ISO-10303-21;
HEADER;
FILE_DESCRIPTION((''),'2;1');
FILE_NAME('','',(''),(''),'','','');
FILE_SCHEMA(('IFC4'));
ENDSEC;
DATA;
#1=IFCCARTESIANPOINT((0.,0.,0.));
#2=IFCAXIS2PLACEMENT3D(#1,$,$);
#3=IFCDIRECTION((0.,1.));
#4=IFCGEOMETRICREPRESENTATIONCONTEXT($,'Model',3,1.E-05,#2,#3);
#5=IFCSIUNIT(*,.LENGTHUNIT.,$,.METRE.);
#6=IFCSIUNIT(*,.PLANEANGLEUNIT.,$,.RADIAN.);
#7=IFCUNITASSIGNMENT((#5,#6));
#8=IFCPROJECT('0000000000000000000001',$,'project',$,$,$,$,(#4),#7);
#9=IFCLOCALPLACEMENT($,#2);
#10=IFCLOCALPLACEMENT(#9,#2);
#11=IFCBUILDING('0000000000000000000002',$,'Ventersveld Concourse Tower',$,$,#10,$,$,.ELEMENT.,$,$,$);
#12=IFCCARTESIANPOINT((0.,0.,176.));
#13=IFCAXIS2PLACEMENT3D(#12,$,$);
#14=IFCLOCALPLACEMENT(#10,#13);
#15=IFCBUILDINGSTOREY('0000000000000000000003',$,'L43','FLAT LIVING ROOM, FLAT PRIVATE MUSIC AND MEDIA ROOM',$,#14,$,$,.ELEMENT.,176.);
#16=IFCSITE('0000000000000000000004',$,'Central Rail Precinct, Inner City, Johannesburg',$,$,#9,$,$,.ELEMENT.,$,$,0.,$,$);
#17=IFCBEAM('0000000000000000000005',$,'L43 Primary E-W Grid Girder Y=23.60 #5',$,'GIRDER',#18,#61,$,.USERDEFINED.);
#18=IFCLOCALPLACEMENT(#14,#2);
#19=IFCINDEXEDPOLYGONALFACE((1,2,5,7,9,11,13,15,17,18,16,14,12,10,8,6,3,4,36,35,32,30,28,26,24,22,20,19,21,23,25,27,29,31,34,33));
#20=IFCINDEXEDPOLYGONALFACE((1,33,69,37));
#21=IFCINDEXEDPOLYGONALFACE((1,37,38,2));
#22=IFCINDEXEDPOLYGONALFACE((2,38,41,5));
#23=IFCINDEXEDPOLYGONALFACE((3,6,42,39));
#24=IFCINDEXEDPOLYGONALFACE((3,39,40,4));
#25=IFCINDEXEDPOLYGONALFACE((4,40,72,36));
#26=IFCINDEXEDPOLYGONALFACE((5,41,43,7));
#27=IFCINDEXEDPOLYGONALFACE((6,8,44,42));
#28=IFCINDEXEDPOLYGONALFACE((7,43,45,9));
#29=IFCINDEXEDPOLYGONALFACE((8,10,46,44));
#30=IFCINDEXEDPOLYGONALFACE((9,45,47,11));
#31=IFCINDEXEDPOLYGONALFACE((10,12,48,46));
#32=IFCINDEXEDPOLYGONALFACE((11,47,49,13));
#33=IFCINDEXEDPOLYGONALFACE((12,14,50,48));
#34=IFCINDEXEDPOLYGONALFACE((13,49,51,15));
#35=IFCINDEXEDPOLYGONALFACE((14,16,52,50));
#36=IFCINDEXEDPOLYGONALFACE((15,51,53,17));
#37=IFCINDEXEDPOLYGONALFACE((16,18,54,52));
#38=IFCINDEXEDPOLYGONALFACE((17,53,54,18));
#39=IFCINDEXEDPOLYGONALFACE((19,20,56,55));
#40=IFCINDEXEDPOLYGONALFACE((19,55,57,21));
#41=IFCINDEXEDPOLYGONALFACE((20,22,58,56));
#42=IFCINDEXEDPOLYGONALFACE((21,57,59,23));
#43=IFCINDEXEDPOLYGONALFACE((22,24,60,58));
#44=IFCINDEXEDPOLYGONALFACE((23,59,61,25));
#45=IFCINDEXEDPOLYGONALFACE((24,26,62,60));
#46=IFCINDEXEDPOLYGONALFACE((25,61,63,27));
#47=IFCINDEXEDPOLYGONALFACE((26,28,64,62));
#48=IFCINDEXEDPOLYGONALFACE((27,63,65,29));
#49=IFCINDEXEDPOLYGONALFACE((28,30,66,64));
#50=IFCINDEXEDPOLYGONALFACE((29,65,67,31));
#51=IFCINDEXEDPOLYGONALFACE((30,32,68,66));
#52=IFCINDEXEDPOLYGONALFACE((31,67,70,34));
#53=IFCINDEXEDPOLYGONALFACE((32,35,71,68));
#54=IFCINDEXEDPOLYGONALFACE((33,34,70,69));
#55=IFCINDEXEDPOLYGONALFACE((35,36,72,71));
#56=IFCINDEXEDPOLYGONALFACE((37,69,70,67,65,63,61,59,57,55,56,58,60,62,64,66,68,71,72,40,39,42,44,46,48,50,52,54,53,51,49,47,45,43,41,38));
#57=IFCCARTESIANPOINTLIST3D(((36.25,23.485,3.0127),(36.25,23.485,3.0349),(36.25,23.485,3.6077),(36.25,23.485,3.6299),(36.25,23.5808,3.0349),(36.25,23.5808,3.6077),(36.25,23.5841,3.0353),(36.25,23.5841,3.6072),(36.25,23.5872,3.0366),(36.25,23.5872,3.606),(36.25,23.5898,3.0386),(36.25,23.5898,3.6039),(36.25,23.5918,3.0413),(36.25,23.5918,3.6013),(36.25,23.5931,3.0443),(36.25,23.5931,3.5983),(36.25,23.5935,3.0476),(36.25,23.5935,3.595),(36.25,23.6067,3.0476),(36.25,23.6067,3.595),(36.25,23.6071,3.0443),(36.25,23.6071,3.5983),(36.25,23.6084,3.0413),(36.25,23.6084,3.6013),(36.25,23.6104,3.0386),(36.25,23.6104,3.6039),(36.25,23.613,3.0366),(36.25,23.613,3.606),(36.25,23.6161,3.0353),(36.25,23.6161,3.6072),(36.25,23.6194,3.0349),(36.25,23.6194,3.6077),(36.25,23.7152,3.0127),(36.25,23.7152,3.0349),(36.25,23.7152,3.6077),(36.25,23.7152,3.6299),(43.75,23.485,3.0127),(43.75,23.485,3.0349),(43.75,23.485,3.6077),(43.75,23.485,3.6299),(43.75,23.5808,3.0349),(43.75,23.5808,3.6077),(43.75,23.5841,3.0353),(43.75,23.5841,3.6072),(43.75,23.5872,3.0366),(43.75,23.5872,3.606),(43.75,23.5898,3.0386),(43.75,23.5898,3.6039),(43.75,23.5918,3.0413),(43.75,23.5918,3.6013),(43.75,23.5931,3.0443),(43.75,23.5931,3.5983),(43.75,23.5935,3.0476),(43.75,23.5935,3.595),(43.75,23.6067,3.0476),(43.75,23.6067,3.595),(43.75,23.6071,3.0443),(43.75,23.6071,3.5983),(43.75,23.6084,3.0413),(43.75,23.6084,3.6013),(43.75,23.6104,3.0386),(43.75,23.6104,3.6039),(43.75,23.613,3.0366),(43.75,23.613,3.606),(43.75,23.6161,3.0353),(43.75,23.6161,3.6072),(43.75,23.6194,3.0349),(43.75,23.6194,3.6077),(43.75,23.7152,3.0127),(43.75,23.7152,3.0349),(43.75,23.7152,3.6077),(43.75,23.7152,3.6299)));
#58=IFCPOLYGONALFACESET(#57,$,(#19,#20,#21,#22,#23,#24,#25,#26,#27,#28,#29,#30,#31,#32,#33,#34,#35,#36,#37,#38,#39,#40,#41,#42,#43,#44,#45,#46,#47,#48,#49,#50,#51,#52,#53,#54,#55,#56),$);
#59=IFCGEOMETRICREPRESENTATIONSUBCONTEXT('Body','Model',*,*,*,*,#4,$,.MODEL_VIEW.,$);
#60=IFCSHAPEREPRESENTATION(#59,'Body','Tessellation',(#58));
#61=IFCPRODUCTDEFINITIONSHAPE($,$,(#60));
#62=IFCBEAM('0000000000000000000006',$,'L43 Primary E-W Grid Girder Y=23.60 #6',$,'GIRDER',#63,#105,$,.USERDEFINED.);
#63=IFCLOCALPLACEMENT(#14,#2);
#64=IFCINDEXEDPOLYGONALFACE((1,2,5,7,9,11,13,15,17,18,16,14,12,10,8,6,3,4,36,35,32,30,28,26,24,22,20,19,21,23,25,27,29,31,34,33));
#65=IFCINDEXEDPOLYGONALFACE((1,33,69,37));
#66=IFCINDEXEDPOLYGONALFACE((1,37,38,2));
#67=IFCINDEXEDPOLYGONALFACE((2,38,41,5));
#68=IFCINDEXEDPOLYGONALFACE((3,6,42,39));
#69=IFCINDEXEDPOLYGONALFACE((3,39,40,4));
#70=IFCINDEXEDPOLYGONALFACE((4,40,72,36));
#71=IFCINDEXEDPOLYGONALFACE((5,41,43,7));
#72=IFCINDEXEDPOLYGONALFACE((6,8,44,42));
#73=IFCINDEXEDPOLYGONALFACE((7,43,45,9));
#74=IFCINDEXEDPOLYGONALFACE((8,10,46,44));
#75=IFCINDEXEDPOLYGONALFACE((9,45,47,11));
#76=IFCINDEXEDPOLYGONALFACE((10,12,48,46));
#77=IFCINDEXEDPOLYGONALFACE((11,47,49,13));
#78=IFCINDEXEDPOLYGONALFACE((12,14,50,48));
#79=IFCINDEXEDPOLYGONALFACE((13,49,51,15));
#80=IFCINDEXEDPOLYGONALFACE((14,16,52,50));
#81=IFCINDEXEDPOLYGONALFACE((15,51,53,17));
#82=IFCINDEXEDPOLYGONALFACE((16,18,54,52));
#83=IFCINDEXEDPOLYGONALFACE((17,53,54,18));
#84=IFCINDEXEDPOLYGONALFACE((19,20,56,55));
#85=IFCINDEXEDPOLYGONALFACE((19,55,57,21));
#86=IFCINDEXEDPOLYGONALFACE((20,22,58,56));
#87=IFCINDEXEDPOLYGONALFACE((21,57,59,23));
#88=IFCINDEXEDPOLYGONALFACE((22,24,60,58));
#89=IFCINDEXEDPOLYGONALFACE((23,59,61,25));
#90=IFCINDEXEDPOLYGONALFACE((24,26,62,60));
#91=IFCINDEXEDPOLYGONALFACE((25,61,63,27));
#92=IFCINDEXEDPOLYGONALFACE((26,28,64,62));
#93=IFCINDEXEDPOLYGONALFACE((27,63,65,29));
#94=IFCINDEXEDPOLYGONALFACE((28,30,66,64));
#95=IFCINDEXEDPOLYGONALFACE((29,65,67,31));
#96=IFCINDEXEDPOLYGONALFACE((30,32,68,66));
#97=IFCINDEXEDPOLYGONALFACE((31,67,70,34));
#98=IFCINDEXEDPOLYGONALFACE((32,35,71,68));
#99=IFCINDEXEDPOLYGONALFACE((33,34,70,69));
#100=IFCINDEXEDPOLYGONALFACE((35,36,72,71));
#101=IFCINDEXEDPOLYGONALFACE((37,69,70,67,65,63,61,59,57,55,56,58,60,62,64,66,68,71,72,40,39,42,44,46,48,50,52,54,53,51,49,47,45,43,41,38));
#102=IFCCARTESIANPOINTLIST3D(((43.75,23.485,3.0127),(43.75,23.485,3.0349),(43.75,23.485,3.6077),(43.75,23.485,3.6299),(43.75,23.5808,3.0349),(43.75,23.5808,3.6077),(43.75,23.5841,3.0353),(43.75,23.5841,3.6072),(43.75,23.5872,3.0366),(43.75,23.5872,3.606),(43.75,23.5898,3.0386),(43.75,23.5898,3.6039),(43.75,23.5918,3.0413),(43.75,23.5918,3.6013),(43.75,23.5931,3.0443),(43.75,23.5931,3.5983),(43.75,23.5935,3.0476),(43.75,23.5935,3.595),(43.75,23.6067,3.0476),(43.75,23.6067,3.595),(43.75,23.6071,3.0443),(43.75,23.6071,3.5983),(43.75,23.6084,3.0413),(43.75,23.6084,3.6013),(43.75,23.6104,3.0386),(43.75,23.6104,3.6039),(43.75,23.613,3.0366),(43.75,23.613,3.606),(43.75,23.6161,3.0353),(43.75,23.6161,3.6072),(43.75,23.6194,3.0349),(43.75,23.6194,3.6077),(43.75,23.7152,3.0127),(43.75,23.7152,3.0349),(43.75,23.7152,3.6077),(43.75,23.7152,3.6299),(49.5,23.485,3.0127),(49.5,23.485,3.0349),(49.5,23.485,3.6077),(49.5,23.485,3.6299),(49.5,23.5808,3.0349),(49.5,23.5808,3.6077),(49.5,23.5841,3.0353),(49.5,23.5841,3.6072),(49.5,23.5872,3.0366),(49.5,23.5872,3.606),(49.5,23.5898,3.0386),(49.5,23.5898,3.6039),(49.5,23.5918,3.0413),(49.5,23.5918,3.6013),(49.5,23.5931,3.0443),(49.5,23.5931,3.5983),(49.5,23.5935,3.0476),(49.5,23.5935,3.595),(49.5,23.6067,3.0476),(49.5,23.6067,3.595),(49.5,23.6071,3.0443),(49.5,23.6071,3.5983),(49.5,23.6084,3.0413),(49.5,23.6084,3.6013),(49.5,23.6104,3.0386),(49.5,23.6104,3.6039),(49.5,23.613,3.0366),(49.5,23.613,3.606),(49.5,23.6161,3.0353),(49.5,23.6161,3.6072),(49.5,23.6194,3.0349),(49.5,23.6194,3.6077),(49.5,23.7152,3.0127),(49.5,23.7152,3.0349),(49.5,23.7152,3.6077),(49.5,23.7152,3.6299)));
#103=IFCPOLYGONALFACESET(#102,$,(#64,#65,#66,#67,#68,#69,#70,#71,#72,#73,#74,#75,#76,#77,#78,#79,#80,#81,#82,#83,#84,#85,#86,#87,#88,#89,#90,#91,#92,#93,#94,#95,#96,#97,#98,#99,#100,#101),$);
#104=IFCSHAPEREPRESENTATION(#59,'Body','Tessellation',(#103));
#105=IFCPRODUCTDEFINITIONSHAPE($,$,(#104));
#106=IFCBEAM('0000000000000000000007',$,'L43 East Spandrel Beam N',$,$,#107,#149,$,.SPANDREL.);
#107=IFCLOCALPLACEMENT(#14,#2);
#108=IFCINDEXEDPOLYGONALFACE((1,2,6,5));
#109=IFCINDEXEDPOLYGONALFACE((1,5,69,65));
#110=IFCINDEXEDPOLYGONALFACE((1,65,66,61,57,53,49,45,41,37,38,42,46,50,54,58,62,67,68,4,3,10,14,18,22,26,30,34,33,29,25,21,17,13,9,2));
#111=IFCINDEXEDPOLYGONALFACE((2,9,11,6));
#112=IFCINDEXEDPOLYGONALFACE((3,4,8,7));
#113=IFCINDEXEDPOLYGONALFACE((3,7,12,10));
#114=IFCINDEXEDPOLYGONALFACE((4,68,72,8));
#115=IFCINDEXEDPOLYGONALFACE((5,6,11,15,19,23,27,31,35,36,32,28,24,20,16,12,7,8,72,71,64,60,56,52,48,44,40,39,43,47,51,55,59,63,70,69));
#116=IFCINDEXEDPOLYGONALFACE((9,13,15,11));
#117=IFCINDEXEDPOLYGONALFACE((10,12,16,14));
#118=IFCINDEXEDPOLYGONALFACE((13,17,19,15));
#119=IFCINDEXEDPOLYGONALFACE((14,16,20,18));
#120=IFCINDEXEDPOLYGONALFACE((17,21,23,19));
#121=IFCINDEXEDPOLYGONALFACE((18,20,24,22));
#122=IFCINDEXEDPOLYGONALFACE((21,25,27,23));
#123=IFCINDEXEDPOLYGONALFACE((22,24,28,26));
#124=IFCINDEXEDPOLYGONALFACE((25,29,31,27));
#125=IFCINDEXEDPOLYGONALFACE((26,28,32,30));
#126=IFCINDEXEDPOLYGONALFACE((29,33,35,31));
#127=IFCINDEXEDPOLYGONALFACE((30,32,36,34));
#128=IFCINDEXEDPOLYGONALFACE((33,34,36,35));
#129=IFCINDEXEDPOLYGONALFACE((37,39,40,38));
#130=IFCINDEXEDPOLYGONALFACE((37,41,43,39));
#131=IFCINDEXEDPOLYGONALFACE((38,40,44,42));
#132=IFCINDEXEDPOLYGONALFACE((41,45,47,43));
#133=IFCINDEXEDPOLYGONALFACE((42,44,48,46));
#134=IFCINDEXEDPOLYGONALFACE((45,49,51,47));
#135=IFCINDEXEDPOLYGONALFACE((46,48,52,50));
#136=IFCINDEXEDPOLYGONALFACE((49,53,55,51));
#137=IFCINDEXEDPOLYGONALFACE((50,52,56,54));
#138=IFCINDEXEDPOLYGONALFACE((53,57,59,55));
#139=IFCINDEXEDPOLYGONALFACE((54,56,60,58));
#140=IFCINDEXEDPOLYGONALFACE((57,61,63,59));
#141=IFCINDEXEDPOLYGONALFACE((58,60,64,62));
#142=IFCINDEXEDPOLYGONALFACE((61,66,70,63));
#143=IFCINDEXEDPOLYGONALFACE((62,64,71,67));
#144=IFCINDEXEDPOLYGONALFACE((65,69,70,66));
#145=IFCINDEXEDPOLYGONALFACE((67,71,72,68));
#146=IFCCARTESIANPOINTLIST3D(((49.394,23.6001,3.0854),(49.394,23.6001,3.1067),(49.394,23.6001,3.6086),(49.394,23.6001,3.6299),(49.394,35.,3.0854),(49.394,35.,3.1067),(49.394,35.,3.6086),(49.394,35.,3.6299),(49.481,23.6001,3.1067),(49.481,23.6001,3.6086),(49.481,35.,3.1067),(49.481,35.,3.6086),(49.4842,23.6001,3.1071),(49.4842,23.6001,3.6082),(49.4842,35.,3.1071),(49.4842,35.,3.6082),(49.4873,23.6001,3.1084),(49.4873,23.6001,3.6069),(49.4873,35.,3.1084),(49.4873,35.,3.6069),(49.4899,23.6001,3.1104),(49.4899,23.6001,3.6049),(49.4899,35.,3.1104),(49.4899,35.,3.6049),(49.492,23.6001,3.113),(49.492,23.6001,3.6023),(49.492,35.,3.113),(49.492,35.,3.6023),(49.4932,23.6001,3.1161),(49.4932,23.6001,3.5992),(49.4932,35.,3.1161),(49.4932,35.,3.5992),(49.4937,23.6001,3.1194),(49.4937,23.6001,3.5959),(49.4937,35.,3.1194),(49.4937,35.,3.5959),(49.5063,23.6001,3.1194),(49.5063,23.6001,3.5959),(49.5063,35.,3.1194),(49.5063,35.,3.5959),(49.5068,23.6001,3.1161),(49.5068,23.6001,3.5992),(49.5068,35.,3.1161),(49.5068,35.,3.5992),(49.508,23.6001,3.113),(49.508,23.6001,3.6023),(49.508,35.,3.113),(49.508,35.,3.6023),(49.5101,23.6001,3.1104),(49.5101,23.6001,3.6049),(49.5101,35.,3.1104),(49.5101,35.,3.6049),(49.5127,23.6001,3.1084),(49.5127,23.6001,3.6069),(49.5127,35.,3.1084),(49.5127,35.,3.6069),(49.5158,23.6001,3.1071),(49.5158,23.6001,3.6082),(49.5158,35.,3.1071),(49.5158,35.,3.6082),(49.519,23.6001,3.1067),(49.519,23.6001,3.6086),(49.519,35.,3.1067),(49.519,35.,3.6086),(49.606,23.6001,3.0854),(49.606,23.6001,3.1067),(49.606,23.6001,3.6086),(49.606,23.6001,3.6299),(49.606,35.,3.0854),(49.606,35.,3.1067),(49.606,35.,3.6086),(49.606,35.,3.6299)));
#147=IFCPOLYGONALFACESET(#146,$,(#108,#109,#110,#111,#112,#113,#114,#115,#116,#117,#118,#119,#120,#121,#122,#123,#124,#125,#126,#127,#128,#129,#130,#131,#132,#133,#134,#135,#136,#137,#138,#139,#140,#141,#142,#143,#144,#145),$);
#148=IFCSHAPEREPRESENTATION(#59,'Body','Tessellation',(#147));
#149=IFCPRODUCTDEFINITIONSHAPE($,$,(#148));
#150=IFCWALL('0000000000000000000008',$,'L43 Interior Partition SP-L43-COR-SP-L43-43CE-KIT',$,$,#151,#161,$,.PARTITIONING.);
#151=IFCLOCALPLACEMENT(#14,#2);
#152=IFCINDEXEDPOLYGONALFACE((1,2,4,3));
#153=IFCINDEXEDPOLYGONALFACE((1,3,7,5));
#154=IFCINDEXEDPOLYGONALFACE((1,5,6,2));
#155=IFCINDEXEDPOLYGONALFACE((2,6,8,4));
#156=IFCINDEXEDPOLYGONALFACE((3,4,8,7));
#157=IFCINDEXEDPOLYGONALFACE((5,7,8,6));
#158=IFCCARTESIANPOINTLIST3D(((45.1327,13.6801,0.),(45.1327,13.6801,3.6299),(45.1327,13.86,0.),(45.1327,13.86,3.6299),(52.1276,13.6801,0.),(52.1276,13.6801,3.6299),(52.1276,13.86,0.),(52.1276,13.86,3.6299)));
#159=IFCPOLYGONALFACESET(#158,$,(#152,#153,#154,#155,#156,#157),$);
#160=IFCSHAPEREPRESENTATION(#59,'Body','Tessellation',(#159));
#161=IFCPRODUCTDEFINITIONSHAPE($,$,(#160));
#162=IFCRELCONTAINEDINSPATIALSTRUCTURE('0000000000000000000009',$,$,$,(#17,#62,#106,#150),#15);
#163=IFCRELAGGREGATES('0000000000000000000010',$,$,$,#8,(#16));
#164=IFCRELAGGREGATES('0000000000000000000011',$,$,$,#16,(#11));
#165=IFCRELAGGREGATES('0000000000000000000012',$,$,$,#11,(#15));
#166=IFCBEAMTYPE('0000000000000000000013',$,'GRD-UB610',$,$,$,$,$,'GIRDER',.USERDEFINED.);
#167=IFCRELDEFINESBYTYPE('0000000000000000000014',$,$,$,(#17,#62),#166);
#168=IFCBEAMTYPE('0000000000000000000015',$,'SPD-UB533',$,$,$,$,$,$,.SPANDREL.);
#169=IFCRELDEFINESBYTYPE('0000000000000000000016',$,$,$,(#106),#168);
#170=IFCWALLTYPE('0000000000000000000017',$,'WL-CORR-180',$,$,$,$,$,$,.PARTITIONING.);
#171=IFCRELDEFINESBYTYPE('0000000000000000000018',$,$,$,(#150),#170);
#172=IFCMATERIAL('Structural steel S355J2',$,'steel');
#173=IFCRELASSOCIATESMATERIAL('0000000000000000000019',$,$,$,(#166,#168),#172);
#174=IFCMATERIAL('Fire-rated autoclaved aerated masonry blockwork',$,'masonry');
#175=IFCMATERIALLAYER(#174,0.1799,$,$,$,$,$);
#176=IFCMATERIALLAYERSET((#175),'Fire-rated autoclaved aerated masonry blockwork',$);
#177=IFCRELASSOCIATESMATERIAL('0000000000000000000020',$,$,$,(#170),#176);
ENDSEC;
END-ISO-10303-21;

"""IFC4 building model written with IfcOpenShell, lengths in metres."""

from ifc_helpers import new_model, si_unit, direction, frame, frame_2d, origin, origin_2d, place, context, subcontext, project, spatial, rectangle, i_section, extrude, material, layer, layer_set, material_profile, profile_set, type_object, element, save


model = new_model("IFC4")

# Units and contexts
model_context = context("Model", 3, precision=1e-05, world=origin(), true_north=direction((0.0, 1.0)))
body_context = subcontext(model_context, "Body", "Model", "MODEL_VIEW")
ifc_project = project(units=[si_unit("LENGTHUNIT", "METRE"), si_unit("PLANEANGLEUNIT", "RADIAN")], contexts=[model_context])

# Site, building, storey
site_placement = place(None, origin())
site = spatial("IfcSite", under=ifc_project, at=site_placement, Name="Central Rail Precinct, Inner City, Johannesburg", CompositionType="ELEMENT", RefElevation=0.0)
building_placement = place(site_placement, origin())
building = spatial("IfcBuilding", under=site, at=building_placement, Name="Ventersveld Concourse Tower", CompositionType="ELEMENT")
storey_placement = place(building_placement, frame((0.0, 0.0, 176.0)))
storey = spatial("IfcBuildingStorey", under=building, at=storey_placement, Name="L43", Description="FLAT LIVING ROOM, FLAT PRIVATE MUSIC AND MEDIA ROOM", CompositionType="ELEMENT", Elevation=176.0)

# Beams
ifc_material_1 = material(Name="Structural steel S355J2", Category="steel")
ifc_material_profile_1 = material_profile(ifc_material_1, i_section(OverallWidth=0.2302, OverallDepth=0.6172, WebThickness=0.0132, FlangeThickness=0.0222, FilletRadius=0.0127, at=origin_2d()), Name="UB 610x229x140")
ifc_profile_set_1 = profile_set([ifc_material_profile_1], Name="Structural steel S355J2")
beam_type_1 = type_object("IfcBeamType", Name="GRD-UB610", ElementType="GIRDER", PredefinedType="USERDEFINED", material=ifc_profile_set_1)
beam_1_placement = place(storey_placement, frame((36.25, 23.6001, 3.3213), z_axis=(1.0, 0.0, 0.0), x_axis=(0.0, 1.0, 0.0)))
element("IfcBeam", 1, at=beam_1_placement, inside=storey, type_object=beam_type_1, Name="L43 Primary E-W Grid Girder Y=23.60 #5", ObjectType="GIRDER", PredefinedType="USERDEFINED", context=body_context, shape_type="SweptSolid", body=[
    extrude(i_section(OverallWidth=0.2302, OverallDepth=0.6172, WebThickness=0.0132, FlangeThickness=0.0222, FilletRadius=0.0127, at=origin_2d()), origin(), (0.0, 0.0, 1.0), 7.5),
])
beam_2_placement = place(storey_placement, frame((43.75, 23.6001, 3.3213), z_axis=(1.0, 0.0, 0.0), x_axis=(0.0, 1.0, 0.0)))
element("IfcBeam", 2, at=beam_2_placement, inside=storey, type_object=beam_type_1, Name="L43 Primary E-W Grid Girder Y=23.60 #6", ObjectType="GIRDER", PredefinedType="USERDEFINED", context=body_context, shape_type="SweptSolid", body=[
    extrude(i_section(OverallWidth=0.2302, OverallDepth=0.6172, WebThickness=0.0132, FlangeThickness=0.0222, FilletRadius=0.0127, at=origin_2d()), origin(), (0.0, 0.0, 1.0), 5.75),
])
ifc_material_profile_2 = material_profile(ifc_material_1, i_section(OverallWidth=0.2119, OverallDepth=0.5444, WebThickness=0.0127, FlangeThickness=0.0212, FilletRadius=0.0127, at=origin_2d()), Name="UB 533x210x122")
ifc_profile_set_2 = profile_set([ifc_material_profile_2], Name="Structural steel S355J2")
beam_type_2 = type_object("IfcBeamType", Name="SPD-UB533", PredefinedType="SPANDREL", material=ifc_profile_set_2)
beam_3_placement = place(storey_placement, frame((49.5, 23.6001, 3.3577), z_axis=(0.0, 1.0, 0.0), x_axis=(-1.0, 0.0, 0.0)))
element("IfcBeam", 3, at=beam_3_placement, inside=storey, type_object=beam_type_2, Name="L43 East Spandrel Beam N", PredefinedType="SPANDREL", context=body_context, shape_type="SweptSolid", body=[
    extrude(i_section(OverallWidth=0.2119, OverallDepth=0.5444, WebThickness=0.0127, FlangeThickness=0.0212, FilletRadius=0.0127, at=origin_2d()), origin(), (0.0, 0.0, 1.0), 11.3999),
])

# Shared definitions
ifc_material_2 = material(Name="Fire-rated autoclaved aerated masonry blockwork", Category="masonry")
ifc_layer_1 = layer(ifc_material_2, 0.1799)
ifc_layer_set_1 = layer_set([ifc_layer_1], Name="Fire-rated autoclaved aerated masonry blockwork")
wall_type_1 = type_object("IfcWallType", Name="WL-CORR-180", PredefinedType="PARTITIONING", material=ifc_layer_set_1)

# Wall
wall_1_placement = place(storey_placement, frame((45.1326, 13.77, 0.0), z_axis=(0.0, 0.0, 1.0), x_axis=(1.0, 0.0, 0.0)))
element("IfcWall", 4, at=wall_1_placement, inside=storey, type_object=wall_type_1, Name="L43 Interior Partition SP-L43-COR-SP-L43-43CE-KIT", PredefinedType="PARTITIONING", context=body_context, shape_type="SweptSolid", body=[
    extrude(rectangle(XDim=6.9949, YDim=0.1799, at=frame_2d((3.4976, 0.0))), origin(), (0.0, 0.0, 1.0), 3.6299),
])

save(model, "model.ifc")
